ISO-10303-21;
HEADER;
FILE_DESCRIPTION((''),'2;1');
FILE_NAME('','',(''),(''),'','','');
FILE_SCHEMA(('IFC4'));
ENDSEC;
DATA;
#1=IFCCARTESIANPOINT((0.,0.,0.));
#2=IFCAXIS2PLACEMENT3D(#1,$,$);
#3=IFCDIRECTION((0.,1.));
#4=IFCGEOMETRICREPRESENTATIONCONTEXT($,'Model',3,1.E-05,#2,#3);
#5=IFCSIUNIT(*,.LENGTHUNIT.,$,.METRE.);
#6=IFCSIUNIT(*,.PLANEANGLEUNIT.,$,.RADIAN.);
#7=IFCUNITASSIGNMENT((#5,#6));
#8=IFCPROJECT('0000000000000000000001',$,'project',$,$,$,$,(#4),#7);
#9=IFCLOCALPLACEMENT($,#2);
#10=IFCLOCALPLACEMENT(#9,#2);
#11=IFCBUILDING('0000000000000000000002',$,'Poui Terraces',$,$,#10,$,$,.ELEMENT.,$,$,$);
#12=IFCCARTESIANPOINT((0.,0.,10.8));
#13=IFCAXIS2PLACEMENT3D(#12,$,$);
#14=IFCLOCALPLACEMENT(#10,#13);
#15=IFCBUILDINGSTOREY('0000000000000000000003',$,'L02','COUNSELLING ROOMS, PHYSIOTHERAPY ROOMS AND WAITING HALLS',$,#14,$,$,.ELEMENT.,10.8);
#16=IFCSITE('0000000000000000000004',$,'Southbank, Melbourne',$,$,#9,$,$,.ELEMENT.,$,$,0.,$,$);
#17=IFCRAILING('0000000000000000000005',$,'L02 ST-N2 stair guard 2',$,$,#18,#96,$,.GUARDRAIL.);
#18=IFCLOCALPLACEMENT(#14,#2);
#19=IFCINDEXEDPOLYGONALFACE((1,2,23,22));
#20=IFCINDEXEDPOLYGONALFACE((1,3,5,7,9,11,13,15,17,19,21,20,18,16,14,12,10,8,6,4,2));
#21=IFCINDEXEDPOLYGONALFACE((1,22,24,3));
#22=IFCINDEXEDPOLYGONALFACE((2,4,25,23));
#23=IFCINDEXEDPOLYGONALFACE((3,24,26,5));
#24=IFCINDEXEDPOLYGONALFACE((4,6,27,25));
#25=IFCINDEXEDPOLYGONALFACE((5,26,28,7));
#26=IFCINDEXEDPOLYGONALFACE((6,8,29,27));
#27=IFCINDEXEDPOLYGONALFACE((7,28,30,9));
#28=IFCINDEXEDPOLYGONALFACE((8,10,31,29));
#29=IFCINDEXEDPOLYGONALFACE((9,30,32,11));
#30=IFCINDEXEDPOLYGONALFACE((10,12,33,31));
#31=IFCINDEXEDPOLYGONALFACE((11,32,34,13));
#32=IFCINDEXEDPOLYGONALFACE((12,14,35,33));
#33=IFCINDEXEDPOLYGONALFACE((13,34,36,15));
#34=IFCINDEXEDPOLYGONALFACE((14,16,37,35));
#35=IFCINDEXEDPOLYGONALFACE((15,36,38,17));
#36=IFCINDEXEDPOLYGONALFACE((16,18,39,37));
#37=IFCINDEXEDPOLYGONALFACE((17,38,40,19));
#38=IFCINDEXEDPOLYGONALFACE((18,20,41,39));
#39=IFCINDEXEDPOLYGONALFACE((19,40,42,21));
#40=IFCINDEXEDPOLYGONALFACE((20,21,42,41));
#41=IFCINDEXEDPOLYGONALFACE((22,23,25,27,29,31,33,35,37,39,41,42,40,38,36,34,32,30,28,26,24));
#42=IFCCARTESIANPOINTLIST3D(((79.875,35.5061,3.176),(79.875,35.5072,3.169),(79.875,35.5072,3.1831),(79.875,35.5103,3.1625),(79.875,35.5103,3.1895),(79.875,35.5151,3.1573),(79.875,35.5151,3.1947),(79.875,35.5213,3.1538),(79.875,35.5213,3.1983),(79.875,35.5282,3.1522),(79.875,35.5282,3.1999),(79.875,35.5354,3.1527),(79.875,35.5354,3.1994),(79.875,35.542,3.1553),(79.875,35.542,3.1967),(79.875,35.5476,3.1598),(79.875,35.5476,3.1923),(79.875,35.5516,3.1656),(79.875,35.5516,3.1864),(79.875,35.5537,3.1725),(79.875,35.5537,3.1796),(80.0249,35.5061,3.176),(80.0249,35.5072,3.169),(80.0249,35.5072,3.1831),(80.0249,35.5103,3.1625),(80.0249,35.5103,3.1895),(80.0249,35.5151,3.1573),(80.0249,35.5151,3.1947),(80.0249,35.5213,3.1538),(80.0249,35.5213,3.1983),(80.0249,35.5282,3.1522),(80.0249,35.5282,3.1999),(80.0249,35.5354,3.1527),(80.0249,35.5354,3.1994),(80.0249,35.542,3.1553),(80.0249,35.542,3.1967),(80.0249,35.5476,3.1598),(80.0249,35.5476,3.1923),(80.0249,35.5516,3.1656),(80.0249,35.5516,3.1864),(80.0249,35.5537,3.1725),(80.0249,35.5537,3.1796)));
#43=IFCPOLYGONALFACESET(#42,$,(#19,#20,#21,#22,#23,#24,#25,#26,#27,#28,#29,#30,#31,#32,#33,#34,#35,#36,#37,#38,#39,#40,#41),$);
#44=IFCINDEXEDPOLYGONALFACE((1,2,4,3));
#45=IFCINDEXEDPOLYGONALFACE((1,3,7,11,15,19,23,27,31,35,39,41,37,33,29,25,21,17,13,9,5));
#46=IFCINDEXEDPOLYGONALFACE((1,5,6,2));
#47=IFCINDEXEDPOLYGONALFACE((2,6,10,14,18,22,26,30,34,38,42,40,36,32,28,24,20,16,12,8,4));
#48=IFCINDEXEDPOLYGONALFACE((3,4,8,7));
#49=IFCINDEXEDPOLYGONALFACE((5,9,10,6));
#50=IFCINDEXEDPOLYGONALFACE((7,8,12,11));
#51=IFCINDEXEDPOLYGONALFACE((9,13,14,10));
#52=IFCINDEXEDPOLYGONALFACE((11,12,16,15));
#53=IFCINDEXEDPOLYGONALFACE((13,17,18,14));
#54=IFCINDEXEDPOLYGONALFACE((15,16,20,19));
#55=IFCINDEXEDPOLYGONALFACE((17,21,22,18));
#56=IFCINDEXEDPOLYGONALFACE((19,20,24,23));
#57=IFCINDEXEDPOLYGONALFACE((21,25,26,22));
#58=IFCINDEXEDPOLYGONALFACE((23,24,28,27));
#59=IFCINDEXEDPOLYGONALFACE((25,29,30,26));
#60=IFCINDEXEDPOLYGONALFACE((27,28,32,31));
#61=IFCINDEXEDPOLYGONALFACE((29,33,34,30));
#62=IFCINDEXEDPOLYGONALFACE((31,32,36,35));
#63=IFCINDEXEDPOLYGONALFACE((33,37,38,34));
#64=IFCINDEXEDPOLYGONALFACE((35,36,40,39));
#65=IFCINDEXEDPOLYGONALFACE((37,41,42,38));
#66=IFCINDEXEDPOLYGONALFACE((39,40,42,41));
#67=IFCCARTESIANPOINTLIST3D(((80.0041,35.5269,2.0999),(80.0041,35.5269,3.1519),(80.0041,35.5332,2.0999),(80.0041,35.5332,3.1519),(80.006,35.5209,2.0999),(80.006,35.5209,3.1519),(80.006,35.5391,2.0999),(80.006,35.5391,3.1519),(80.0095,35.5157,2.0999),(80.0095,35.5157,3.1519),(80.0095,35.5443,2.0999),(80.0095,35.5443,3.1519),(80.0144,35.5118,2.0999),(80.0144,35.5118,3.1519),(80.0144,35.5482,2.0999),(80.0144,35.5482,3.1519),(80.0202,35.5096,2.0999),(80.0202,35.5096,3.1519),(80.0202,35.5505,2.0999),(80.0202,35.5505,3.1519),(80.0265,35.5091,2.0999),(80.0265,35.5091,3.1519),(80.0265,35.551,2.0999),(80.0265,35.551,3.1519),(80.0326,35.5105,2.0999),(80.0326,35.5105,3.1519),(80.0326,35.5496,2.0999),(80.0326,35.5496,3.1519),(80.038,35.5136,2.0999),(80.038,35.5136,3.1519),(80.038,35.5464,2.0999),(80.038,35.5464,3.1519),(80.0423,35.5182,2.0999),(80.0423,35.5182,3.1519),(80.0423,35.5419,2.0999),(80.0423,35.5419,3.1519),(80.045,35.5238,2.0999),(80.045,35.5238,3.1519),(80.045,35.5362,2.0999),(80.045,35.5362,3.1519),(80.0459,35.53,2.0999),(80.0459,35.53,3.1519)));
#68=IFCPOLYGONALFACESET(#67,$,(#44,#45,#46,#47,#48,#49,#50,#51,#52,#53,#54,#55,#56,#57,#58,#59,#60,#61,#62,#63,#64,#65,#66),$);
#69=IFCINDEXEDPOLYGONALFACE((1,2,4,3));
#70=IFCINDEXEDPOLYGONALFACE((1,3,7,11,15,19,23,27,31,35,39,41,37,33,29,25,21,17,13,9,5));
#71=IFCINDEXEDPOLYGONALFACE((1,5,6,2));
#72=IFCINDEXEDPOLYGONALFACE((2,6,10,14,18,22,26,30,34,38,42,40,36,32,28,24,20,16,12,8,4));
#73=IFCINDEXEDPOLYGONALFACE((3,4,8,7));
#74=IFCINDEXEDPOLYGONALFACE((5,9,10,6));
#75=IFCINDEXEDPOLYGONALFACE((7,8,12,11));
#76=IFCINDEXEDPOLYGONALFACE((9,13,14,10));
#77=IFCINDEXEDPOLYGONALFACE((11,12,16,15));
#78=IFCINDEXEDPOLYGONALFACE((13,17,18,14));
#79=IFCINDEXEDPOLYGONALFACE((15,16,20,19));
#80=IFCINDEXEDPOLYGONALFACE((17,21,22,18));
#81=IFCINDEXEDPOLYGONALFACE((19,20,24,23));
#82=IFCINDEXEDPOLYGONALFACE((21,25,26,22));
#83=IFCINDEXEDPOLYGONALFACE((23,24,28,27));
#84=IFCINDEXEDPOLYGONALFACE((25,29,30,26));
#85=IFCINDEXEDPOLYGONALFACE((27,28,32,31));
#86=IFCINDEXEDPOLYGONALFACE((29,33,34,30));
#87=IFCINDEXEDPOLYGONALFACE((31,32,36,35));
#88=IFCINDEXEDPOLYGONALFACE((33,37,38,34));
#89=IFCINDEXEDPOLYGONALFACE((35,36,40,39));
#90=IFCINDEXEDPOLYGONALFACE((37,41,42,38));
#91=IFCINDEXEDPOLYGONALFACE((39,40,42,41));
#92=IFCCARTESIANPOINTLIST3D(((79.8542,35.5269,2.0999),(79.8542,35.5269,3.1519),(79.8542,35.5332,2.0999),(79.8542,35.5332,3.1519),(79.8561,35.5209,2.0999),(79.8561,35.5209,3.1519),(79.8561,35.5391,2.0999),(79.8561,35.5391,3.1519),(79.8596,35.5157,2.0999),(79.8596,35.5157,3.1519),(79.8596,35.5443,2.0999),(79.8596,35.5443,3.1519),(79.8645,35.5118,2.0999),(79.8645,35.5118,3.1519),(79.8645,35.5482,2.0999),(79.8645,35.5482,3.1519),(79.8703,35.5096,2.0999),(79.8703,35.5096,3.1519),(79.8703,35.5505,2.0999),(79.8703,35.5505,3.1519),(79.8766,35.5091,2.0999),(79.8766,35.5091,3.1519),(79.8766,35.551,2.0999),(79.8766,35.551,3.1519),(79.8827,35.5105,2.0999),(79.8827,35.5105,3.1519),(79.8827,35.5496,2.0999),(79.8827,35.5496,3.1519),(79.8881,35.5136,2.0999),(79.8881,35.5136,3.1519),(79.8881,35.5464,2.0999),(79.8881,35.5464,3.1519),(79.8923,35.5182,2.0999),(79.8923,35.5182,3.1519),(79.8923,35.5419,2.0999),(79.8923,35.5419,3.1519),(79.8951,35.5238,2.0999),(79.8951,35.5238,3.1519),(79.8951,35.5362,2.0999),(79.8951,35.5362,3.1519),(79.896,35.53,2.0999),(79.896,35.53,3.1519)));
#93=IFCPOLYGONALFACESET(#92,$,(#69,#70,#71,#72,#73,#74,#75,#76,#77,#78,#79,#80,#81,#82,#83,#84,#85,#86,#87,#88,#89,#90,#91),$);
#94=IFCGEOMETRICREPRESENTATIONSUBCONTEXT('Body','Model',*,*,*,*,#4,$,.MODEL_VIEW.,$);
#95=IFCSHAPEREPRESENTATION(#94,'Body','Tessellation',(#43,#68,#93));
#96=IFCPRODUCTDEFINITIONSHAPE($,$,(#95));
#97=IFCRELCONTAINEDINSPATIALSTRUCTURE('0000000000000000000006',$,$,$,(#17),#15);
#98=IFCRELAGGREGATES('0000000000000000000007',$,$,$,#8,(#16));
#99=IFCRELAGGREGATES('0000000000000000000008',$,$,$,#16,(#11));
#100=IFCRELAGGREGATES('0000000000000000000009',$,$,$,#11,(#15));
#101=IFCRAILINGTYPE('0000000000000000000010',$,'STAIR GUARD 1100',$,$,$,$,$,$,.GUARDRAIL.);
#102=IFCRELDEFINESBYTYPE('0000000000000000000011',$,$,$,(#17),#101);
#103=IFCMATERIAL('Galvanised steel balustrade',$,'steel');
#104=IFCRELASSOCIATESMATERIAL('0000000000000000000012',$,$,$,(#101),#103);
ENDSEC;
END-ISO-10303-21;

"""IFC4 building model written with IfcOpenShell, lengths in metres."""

from ifc_helpers import new_model, si_unit, direction, frame, origin, origin_2d, place, context, subcontext, project, spatial, circle, extrude, material, type_object, element, save


model = new_model("IFC4")

# Units and contexts
model_context = context("Model", 3, precision=1e-05, world=origin(), true_north=direction((0.0, 1.0)))
body_context = subcontext(model_context, "Body", "Model", "MODEL_VIEW")
ifc_project = project(units=[si_unit("LENGTHUNIT", "METRE"), si_unit("PLANEANGLEUNIT", "RADIAN")], contexts=[model_context])

# Site, building, storey
site_placement = place(None, origin())
site = spatial("IfcSite", under=ifc_project, at=site_placement, Name="Southbank, Melbourne", CompositionType="ELEMENT", RefElevation=0.0)
building_placement = place(site_placement, origin())
building = spatial("IfcBuilding", under=site, at=building_placement, Name="Poui Terraces", CompositionType="ELEMENT")
storey_placement = place(building_placement, frame((0.0, 0.0, 10.8)))
storey = spatial("IfcBuildingStorey", under=building, at=storey_placement, Name="L02", Description="COUNSELLING ROOMS, PHYSIOTHERAPY ROOMS AND WAITING HALLS", CompositionType="ELEMENT", Elevation=10.8)

# Railing
ifc_material_1 = material(Name="Galvanised steel balustrade", Category="steel")
railing_type_1 = type_object("IfcRailingType", Name="STAIR GUARD 1100", PredefinedType="GUARDRAIL", material=ifc_material_1)
railing_1_placement = place(storey_placement, frame((80.0249, 35.53, 2.0999)))
element("IfcRailing", 1, at=railing_1_placement, inside=storey, type_object=railing_type_1, Name="L02 ST-N2 stair guard 2", PredefinedType="GUARDRAIL", context=body_context, shape_type="SweptSolid", body=[
    extrude(circle(Radius=0.0239, at=origin_2d()), frame((0.0, 0.0, 1.0762), z_axis=(-1.0, 0.0, 0.0), x_axis=(0.0, -1.0, 0.0)), (0.0, 0.0, 1.0), 0.1499),
    extrude(circle(Radius=0.021, at=origin_2d()), origin(), (0.0, 0.0, 1.0), 1.052),
    extrude(circle(Radius=0.021, at=origin_2d()), frame((-0.1499, 0.0, 0.0)), (0.0, 0.0, 1.0), 1.052),
])

save(model, "model.ifc")
